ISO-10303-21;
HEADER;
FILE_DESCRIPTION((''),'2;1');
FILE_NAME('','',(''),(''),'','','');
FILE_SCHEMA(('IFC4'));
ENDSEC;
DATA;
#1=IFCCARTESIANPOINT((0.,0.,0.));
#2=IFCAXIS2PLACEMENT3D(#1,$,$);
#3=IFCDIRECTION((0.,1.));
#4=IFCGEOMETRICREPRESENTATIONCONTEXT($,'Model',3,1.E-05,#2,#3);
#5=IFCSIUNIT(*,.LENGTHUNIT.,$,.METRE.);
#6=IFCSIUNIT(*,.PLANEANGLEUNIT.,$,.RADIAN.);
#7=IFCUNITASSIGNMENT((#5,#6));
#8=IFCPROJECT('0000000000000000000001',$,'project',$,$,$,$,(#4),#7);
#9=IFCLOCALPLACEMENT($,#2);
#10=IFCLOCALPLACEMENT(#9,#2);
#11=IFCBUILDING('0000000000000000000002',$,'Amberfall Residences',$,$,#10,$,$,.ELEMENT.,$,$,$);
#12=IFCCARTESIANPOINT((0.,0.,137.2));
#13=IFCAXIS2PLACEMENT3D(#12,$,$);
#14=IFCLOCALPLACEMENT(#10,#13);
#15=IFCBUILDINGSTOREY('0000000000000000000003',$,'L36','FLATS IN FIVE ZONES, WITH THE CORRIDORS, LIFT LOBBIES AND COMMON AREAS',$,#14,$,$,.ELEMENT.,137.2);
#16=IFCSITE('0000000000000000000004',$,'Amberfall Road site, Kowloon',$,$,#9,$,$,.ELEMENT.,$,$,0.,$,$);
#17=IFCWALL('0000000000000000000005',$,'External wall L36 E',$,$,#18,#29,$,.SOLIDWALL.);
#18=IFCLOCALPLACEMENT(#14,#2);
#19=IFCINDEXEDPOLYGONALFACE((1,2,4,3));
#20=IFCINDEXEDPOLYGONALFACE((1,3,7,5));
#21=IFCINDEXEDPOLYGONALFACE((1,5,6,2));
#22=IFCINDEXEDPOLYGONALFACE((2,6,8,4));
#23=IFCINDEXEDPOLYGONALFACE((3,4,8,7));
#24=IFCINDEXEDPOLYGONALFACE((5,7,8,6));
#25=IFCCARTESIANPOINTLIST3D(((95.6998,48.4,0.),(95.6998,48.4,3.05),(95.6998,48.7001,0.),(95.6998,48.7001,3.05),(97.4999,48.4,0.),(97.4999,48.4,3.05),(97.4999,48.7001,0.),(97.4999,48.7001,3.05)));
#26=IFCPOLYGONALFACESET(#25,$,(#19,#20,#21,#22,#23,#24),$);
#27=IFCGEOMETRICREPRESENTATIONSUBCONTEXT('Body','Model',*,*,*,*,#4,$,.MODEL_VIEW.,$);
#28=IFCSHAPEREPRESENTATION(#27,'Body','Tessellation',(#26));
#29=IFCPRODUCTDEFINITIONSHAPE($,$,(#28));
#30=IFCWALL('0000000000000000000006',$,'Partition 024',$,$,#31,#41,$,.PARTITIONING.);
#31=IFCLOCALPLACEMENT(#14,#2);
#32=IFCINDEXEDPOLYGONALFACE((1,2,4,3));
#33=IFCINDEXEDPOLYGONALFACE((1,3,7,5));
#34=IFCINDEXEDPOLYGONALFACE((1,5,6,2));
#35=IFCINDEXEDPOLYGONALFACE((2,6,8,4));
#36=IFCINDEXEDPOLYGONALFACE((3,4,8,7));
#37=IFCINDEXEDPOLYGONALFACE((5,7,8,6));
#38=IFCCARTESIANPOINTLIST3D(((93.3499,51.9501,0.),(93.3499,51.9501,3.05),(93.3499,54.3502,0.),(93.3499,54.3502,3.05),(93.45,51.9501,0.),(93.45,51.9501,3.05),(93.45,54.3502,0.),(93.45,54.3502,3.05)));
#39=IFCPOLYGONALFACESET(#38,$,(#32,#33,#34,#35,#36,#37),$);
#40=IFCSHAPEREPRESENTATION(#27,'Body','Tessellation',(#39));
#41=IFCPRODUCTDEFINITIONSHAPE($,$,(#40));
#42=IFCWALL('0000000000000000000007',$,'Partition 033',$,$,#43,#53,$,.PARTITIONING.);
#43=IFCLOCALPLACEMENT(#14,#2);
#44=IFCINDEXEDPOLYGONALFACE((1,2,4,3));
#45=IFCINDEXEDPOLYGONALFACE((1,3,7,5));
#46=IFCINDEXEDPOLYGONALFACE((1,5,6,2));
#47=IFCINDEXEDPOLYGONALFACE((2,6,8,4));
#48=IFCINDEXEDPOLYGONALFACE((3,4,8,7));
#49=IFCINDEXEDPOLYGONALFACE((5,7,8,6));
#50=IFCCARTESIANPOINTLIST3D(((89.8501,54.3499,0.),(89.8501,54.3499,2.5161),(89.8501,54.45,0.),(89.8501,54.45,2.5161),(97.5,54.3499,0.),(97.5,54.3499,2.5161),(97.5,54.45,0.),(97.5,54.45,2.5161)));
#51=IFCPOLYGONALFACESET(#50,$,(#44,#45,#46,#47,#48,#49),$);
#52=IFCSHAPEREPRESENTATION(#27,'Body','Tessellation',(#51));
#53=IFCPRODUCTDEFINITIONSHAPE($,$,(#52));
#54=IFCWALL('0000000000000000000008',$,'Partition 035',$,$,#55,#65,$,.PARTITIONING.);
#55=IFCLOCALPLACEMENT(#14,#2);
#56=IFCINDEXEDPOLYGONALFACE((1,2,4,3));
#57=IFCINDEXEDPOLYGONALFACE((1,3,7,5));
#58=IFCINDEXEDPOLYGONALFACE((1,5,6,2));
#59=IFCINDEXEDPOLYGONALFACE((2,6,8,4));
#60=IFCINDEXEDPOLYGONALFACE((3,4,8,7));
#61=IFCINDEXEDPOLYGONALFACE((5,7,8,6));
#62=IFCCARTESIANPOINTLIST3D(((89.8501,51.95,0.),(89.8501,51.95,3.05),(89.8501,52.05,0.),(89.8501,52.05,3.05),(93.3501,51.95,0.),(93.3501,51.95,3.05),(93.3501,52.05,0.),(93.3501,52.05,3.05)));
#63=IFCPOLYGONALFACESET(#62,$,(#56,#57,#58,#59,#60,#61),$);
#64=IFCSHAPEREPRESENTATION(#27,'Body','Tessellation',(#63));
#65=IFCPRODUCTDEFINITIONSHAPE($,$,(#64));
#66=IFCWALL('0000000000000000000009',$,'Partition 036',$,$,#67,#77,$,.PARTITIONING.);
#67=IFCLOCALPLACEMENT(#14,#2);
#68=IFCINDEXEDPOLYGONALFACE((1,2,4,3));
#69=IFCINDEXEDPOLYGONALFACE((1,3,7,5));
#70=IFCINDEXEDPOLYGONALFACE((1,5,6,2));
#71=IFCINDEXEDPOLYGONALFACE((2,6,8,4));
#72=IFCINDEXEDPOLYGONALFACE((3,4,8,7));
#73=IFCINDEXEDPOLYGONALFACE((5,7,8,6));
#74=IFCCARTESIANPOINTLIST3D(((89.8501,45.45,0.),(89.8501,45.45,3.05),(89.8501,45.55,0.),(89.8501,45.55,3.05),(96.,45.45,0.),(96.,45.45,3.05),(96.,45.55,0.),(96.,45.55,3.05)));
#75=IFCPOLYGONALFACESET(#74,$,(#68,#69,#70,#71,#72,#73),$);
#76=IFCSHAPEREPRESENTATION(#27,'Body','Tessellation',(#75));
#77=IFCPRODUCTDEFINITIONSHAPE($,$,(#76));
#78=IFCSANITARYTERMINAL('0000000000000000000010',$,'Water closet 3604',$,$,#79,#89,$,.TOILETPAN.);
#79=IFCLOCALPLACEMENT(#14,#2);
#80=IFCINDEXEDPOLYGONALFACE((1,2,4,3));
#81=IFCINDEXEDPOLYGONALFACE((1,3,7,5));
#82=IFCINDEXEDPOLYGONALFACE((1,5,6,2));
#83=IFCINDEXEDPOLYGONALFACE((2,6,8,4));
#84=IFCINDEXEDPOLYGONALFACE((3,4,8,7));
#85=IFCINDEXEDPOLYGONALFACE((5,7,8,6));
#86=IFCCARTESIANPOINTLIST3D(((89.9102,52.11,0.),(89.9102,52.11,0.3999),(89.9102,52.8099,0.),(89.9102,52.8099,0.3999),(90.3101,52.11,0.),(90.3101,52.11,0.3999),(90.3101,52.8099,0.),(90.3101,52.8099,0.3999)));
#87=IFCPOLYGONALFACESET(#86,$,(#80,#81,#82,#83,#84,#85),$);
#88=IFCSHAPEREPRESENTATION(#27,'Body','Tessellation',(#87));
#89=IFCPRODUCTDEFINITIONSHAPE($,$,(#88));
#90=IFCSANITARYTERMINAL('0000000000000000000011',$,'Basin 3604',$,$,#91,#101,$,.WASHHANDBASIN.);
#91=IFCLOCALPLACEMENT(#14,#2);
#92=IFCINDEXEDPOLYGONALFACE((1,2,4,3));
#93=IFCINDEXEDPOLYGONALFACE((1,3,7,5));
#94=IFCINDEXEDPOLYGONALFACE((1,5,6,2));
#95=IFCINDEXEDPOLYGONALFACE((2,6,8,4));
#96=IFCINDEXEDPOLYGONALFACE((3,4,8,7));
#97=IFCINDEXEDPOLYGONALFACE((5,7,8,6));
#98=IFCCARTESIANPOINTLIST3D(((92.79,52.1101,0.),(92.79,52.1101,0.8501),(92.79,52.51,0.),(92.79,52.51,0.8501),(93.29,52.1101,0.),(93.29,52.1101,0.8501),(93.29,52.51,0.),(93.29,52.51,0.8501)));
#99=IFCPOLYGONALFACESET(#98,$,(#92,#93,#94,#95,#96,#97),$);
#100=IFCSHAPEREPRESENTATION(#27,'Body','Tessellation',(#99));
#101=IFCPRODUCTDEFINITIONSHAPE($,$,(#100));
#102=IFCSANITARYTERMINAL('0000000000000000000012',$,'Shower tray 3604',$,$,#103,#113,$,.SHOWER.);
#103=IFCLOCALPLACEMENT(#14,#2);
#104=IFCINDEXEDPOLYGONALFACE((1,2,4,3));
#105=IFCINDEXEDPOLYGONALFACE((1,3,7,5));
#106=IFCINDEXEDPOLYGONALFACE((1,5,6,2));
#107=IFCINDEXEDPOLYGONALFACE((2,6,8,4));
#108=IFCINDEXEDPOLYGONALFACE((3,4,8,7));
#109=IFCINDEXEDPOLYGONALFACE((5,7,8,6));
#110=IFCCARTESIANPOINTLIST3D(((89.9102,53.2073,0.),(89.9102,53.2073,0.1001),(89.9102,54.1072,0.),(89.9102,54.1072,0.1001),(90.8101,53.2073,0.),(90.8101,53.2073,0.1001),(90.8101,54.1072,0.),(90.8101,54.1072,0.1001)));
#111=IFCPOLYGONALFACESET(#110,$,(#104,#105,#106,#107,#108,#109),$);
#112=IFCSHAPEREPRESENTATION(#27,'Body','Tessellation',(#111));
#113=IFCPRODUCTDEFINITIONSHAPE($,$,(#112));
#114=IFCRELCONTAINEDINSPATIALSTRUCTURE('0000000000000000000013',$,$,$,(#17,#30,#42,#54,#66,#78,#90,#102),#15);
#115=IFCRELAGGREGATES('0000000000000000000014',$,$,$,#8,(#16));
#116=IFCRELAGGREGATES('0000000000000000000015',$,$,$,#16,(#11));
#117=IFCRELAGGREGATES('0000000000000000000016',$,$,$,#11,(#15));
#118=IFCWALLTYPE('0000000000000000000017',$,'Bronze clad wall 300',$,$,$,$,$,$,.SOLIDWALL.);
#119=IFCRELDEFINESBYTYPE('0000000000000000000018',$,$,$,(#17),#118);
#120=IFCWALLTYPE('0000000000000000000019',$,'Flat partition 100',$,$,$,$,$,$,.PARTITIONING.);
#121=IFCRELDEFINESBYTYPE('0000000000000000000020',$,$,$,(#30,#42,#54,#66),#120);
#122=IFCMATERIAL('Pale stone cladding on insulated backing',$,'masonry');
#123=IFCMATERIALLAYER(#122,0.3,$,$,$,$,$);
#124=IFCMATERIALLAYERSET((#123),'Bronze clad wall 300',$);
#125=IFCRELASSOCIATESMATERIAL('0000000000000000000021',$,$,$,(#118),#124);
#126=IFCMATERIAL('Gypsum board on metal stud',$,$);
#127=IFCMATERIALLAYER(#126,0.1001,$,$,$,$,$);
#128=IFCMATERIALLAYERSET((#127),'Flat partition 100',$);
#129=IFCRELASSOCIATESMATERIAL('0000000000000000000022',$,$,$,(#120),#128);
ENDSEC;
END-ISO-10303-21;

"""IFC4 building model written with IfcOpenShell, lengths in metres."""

from ifc_helpers import new_model, si_unit, direction, frame, frame_2d, origin, origin_2d, place, context, subcontext, project, spatial, rectangle, extrude, material, layer, layer_set, type_object, element, save


model = new_model("IFC4")

# Units and contexts
model_context = context("Model", 3, precision=1e-05, world=origin(), true_north=direction((0.0, 1.0)))
body_context = subcontext(model_context, "Body", "Model", "MODEL_VIEW")
ifc_project = project(units=[si_unit("LENGTHUNIT", "METRE"), si_unit("PLANEANGLEUNIT", "RADIAN")], contexts=[model_context])

# Site, building, storey
site_placement = place(None, origin())
site = spatial("IfcSite", under=ifc_project, at=site_placement, Name="Amberfall Road site, Kowloon", CompositionType="ELEMENT", RefElevation=0.0)
building_placement = place(site_placement, origin())
building = spatial("IfcBuilding", under=site, at=building_placement, Name="Amberfall Residences", CompositionType="ELEMENT")
storey_placement = place(building_placement, frame((0.0, 0.0, 137.2)))
storey = spatial("IfcBuildingStorey", under=building, at=storey_placement, Name="L36", Description="FLATS IN FIVE ZONES, WITH THE CORRIDORS, LIFT LOBBIES AND COMMON AREAS", CompositionType="ELEMENT", Elevation=137.2)

# Walls
ifc_material_1 = material(Name="Pale stone cladding on insulated backing", Category="masonry")
ifc_layer_1 = layer(ifc_material_1, 0.3)
ifc_layer_set_1 = layer_set([ifc_layer_1], Name="Bronze clad wall 300")
wall_type_1 = type_object("IfcWallType", Name="Bronze clad wall 300", PredefinedType="SOLIDWALL", material=ifc_layer_set_1)
wall_1_placement = place(storey_placement, frame((95.7, 48.55, 0.0), z_axis=(0.0, 0.0, 1.0), x_axis=(1.0, 0.0, 0.0)))
element("IfcWall", 1, at=wall_1_placement, inside=storey, type_object=wall_type_1, Name="External wall L36 E", PredefinedType="SOLIDWALL", context=body_context, shape_type="SweptSolid", body=[
    extrude(rectangle(XDim=1.8, YDim=0.3, at=frame_2d((0.8999, 0.0))), origin(), (0.0, 0.0, 1.0), 3.05),
])
ifc_material_2 = material(Name="Gypsum board on metal stud")
ifc_layer_2 = layer(ifc_material_2, 0.1001)
ifc_layer_set_2 = layer_set([ifc_layer_2], Name="Flat partition 100")
wall_type_2 = type_object("IfcWallType", Name="Flat partition 100", PredefinedType="PARTITIONING", material=ifc_layer_set_2)
wall_2_placement = place(storey_placement, frame((93.3999, 51.95, 0.0), z_axis=(0.0, 0.0, 1.0), x_axis=(0.0, 1.0, 0.0)))
element("IfcWall", 2, at=wall_2_placement, inside=storey, type_object=wall_type_2, Name="Partition 024", PredefinedType="PARTITIONING", context=body_context, shape_type="SweptSolid", body=[
    extrude(rectangle(XDim=2.4001, YDim=0.1001, at=frame_2d((1.2002, 0.0))), origin(), (0.0, 0.0, 1.0), 3.05),
])
wall_3_placement = place(storey_placement, frame((89.8501, 54.3999, 0.0), z_axis=(0.0, 0.0, 1.0), x_axis=(1.0, 0.0, 0.0)))
element("IfcWall", 3, at=wall_3_placement, inside=storey, type_object=wall_type_2, Name="Partition 033", PredefinedType="PARTITIONING", context=body_context, shape_type="SweptSolid", body=[
    extrude(rectangle(XDim=7.6499, YDim=0.1001, at=frame_2d((3.825, 0.0))), origin(), (0.0, 0.0, 1.0), 2.5161),
])
wall_4_placement = place(storey_placement, frame((89.8501, 52.0, 0.0), z_axis=(0.0, 0.0, 1.0), x_axis=(1.0, 0.0, 0.0)))
element("IfcWall", 4, at=wall_4_placement, inside=storey, type_object=wall_type_2, Name="Partition 035", PredefinedType="PARTITIONING", context=body_context, shape_type="SweptSolid", body=[
    extrude(rectangle(XDim=3.5, YDim=0.1001, at=frame_2d((1.75, 0.0))), origin(), (0.0, 0.0, 1.0), 3.05),
])
wall_5_placement = place(storey_placement, frame((89.8501, 45.5, 0.0), z_axis=(0.0, 0.0, 1.0), x_axis=(1.0, 0.0, 0.0)))
element("IfcWall", 5, at=wall_5_placement, inside=storey, type_object=wall_type_2, Name="Partition 036", PredefinedType="PARTITIONING", context=body_context, shape_type="SweptSolid", body=[
    extrude(rectangle(XDim=6.1499, YDim=0.1001, at=frame_2d((3.075, 0.0))), origin(), (0.0, 0.0, 1.0), 3.05),
])

# Sanitary terminals
sanitary_terminal_1_placement = place(storey_placement, frame((90.1101, 52.46, 0.0), z_axis=(0.0, 0.0, 1.0), x_axis=(1.0, 0.0, 0.0)))
element("IfcSanitaryTerminal", 6, at=sanitary_terminal_1_placement, inside=storey, Name="Water closet 3604", PredefinedType="TOILETPAN", context=body_context, shape_type="SweptSolid", body=[
    extrude(rectangle(XDim=0.3999, YDim=0.7, at=origin_2d()), origin(), (0.0, 0.0, 1.0), 0.3999),
])
sanitary_terminal_2_placement = place(storey_placement, frame((93.04, 52.3101, 0.0), z_axis=(0.0, 0.0, 1.0), x_axis=(1.0, 0.0, 0.0)))
element("IfcSanitaryTerminal", 7, at=sanitary_terminal_2_placement, inside=storey, Name="Basin 3604", PredefinedType="WASHHANDBASIN", context=body_context, shape_type="SweptSolid", body=[
    extrude(rectangle(XDim=0.5, YDim=0.3999, at=origin_2d()), origin(), (0.0, 0.0, 1.0), 0.8501),
])
sanitary_terminal_3_placement = place(storey_placement, frame((90.3601, 53.6572, 0.0), z_axis=(0.0, 0.0, 1.0), x_axis=(1.0, 0.0, 0.0)))
element("IfcSanitaryTerminal", 8, at=sanitary_terminal_3_placement, inside=storey, Name="Shower tray 3604", PredefinedType="SHOWER", context=body_context, shape_type="SweptSolid", body=[
    extrude(rectangle(XDim=0.8999, YDim=0.8999, at=origin_2d()), origin(), (0.0, 0.0, 1.0), 0.1001),
])

save(model, "model.ifc")
